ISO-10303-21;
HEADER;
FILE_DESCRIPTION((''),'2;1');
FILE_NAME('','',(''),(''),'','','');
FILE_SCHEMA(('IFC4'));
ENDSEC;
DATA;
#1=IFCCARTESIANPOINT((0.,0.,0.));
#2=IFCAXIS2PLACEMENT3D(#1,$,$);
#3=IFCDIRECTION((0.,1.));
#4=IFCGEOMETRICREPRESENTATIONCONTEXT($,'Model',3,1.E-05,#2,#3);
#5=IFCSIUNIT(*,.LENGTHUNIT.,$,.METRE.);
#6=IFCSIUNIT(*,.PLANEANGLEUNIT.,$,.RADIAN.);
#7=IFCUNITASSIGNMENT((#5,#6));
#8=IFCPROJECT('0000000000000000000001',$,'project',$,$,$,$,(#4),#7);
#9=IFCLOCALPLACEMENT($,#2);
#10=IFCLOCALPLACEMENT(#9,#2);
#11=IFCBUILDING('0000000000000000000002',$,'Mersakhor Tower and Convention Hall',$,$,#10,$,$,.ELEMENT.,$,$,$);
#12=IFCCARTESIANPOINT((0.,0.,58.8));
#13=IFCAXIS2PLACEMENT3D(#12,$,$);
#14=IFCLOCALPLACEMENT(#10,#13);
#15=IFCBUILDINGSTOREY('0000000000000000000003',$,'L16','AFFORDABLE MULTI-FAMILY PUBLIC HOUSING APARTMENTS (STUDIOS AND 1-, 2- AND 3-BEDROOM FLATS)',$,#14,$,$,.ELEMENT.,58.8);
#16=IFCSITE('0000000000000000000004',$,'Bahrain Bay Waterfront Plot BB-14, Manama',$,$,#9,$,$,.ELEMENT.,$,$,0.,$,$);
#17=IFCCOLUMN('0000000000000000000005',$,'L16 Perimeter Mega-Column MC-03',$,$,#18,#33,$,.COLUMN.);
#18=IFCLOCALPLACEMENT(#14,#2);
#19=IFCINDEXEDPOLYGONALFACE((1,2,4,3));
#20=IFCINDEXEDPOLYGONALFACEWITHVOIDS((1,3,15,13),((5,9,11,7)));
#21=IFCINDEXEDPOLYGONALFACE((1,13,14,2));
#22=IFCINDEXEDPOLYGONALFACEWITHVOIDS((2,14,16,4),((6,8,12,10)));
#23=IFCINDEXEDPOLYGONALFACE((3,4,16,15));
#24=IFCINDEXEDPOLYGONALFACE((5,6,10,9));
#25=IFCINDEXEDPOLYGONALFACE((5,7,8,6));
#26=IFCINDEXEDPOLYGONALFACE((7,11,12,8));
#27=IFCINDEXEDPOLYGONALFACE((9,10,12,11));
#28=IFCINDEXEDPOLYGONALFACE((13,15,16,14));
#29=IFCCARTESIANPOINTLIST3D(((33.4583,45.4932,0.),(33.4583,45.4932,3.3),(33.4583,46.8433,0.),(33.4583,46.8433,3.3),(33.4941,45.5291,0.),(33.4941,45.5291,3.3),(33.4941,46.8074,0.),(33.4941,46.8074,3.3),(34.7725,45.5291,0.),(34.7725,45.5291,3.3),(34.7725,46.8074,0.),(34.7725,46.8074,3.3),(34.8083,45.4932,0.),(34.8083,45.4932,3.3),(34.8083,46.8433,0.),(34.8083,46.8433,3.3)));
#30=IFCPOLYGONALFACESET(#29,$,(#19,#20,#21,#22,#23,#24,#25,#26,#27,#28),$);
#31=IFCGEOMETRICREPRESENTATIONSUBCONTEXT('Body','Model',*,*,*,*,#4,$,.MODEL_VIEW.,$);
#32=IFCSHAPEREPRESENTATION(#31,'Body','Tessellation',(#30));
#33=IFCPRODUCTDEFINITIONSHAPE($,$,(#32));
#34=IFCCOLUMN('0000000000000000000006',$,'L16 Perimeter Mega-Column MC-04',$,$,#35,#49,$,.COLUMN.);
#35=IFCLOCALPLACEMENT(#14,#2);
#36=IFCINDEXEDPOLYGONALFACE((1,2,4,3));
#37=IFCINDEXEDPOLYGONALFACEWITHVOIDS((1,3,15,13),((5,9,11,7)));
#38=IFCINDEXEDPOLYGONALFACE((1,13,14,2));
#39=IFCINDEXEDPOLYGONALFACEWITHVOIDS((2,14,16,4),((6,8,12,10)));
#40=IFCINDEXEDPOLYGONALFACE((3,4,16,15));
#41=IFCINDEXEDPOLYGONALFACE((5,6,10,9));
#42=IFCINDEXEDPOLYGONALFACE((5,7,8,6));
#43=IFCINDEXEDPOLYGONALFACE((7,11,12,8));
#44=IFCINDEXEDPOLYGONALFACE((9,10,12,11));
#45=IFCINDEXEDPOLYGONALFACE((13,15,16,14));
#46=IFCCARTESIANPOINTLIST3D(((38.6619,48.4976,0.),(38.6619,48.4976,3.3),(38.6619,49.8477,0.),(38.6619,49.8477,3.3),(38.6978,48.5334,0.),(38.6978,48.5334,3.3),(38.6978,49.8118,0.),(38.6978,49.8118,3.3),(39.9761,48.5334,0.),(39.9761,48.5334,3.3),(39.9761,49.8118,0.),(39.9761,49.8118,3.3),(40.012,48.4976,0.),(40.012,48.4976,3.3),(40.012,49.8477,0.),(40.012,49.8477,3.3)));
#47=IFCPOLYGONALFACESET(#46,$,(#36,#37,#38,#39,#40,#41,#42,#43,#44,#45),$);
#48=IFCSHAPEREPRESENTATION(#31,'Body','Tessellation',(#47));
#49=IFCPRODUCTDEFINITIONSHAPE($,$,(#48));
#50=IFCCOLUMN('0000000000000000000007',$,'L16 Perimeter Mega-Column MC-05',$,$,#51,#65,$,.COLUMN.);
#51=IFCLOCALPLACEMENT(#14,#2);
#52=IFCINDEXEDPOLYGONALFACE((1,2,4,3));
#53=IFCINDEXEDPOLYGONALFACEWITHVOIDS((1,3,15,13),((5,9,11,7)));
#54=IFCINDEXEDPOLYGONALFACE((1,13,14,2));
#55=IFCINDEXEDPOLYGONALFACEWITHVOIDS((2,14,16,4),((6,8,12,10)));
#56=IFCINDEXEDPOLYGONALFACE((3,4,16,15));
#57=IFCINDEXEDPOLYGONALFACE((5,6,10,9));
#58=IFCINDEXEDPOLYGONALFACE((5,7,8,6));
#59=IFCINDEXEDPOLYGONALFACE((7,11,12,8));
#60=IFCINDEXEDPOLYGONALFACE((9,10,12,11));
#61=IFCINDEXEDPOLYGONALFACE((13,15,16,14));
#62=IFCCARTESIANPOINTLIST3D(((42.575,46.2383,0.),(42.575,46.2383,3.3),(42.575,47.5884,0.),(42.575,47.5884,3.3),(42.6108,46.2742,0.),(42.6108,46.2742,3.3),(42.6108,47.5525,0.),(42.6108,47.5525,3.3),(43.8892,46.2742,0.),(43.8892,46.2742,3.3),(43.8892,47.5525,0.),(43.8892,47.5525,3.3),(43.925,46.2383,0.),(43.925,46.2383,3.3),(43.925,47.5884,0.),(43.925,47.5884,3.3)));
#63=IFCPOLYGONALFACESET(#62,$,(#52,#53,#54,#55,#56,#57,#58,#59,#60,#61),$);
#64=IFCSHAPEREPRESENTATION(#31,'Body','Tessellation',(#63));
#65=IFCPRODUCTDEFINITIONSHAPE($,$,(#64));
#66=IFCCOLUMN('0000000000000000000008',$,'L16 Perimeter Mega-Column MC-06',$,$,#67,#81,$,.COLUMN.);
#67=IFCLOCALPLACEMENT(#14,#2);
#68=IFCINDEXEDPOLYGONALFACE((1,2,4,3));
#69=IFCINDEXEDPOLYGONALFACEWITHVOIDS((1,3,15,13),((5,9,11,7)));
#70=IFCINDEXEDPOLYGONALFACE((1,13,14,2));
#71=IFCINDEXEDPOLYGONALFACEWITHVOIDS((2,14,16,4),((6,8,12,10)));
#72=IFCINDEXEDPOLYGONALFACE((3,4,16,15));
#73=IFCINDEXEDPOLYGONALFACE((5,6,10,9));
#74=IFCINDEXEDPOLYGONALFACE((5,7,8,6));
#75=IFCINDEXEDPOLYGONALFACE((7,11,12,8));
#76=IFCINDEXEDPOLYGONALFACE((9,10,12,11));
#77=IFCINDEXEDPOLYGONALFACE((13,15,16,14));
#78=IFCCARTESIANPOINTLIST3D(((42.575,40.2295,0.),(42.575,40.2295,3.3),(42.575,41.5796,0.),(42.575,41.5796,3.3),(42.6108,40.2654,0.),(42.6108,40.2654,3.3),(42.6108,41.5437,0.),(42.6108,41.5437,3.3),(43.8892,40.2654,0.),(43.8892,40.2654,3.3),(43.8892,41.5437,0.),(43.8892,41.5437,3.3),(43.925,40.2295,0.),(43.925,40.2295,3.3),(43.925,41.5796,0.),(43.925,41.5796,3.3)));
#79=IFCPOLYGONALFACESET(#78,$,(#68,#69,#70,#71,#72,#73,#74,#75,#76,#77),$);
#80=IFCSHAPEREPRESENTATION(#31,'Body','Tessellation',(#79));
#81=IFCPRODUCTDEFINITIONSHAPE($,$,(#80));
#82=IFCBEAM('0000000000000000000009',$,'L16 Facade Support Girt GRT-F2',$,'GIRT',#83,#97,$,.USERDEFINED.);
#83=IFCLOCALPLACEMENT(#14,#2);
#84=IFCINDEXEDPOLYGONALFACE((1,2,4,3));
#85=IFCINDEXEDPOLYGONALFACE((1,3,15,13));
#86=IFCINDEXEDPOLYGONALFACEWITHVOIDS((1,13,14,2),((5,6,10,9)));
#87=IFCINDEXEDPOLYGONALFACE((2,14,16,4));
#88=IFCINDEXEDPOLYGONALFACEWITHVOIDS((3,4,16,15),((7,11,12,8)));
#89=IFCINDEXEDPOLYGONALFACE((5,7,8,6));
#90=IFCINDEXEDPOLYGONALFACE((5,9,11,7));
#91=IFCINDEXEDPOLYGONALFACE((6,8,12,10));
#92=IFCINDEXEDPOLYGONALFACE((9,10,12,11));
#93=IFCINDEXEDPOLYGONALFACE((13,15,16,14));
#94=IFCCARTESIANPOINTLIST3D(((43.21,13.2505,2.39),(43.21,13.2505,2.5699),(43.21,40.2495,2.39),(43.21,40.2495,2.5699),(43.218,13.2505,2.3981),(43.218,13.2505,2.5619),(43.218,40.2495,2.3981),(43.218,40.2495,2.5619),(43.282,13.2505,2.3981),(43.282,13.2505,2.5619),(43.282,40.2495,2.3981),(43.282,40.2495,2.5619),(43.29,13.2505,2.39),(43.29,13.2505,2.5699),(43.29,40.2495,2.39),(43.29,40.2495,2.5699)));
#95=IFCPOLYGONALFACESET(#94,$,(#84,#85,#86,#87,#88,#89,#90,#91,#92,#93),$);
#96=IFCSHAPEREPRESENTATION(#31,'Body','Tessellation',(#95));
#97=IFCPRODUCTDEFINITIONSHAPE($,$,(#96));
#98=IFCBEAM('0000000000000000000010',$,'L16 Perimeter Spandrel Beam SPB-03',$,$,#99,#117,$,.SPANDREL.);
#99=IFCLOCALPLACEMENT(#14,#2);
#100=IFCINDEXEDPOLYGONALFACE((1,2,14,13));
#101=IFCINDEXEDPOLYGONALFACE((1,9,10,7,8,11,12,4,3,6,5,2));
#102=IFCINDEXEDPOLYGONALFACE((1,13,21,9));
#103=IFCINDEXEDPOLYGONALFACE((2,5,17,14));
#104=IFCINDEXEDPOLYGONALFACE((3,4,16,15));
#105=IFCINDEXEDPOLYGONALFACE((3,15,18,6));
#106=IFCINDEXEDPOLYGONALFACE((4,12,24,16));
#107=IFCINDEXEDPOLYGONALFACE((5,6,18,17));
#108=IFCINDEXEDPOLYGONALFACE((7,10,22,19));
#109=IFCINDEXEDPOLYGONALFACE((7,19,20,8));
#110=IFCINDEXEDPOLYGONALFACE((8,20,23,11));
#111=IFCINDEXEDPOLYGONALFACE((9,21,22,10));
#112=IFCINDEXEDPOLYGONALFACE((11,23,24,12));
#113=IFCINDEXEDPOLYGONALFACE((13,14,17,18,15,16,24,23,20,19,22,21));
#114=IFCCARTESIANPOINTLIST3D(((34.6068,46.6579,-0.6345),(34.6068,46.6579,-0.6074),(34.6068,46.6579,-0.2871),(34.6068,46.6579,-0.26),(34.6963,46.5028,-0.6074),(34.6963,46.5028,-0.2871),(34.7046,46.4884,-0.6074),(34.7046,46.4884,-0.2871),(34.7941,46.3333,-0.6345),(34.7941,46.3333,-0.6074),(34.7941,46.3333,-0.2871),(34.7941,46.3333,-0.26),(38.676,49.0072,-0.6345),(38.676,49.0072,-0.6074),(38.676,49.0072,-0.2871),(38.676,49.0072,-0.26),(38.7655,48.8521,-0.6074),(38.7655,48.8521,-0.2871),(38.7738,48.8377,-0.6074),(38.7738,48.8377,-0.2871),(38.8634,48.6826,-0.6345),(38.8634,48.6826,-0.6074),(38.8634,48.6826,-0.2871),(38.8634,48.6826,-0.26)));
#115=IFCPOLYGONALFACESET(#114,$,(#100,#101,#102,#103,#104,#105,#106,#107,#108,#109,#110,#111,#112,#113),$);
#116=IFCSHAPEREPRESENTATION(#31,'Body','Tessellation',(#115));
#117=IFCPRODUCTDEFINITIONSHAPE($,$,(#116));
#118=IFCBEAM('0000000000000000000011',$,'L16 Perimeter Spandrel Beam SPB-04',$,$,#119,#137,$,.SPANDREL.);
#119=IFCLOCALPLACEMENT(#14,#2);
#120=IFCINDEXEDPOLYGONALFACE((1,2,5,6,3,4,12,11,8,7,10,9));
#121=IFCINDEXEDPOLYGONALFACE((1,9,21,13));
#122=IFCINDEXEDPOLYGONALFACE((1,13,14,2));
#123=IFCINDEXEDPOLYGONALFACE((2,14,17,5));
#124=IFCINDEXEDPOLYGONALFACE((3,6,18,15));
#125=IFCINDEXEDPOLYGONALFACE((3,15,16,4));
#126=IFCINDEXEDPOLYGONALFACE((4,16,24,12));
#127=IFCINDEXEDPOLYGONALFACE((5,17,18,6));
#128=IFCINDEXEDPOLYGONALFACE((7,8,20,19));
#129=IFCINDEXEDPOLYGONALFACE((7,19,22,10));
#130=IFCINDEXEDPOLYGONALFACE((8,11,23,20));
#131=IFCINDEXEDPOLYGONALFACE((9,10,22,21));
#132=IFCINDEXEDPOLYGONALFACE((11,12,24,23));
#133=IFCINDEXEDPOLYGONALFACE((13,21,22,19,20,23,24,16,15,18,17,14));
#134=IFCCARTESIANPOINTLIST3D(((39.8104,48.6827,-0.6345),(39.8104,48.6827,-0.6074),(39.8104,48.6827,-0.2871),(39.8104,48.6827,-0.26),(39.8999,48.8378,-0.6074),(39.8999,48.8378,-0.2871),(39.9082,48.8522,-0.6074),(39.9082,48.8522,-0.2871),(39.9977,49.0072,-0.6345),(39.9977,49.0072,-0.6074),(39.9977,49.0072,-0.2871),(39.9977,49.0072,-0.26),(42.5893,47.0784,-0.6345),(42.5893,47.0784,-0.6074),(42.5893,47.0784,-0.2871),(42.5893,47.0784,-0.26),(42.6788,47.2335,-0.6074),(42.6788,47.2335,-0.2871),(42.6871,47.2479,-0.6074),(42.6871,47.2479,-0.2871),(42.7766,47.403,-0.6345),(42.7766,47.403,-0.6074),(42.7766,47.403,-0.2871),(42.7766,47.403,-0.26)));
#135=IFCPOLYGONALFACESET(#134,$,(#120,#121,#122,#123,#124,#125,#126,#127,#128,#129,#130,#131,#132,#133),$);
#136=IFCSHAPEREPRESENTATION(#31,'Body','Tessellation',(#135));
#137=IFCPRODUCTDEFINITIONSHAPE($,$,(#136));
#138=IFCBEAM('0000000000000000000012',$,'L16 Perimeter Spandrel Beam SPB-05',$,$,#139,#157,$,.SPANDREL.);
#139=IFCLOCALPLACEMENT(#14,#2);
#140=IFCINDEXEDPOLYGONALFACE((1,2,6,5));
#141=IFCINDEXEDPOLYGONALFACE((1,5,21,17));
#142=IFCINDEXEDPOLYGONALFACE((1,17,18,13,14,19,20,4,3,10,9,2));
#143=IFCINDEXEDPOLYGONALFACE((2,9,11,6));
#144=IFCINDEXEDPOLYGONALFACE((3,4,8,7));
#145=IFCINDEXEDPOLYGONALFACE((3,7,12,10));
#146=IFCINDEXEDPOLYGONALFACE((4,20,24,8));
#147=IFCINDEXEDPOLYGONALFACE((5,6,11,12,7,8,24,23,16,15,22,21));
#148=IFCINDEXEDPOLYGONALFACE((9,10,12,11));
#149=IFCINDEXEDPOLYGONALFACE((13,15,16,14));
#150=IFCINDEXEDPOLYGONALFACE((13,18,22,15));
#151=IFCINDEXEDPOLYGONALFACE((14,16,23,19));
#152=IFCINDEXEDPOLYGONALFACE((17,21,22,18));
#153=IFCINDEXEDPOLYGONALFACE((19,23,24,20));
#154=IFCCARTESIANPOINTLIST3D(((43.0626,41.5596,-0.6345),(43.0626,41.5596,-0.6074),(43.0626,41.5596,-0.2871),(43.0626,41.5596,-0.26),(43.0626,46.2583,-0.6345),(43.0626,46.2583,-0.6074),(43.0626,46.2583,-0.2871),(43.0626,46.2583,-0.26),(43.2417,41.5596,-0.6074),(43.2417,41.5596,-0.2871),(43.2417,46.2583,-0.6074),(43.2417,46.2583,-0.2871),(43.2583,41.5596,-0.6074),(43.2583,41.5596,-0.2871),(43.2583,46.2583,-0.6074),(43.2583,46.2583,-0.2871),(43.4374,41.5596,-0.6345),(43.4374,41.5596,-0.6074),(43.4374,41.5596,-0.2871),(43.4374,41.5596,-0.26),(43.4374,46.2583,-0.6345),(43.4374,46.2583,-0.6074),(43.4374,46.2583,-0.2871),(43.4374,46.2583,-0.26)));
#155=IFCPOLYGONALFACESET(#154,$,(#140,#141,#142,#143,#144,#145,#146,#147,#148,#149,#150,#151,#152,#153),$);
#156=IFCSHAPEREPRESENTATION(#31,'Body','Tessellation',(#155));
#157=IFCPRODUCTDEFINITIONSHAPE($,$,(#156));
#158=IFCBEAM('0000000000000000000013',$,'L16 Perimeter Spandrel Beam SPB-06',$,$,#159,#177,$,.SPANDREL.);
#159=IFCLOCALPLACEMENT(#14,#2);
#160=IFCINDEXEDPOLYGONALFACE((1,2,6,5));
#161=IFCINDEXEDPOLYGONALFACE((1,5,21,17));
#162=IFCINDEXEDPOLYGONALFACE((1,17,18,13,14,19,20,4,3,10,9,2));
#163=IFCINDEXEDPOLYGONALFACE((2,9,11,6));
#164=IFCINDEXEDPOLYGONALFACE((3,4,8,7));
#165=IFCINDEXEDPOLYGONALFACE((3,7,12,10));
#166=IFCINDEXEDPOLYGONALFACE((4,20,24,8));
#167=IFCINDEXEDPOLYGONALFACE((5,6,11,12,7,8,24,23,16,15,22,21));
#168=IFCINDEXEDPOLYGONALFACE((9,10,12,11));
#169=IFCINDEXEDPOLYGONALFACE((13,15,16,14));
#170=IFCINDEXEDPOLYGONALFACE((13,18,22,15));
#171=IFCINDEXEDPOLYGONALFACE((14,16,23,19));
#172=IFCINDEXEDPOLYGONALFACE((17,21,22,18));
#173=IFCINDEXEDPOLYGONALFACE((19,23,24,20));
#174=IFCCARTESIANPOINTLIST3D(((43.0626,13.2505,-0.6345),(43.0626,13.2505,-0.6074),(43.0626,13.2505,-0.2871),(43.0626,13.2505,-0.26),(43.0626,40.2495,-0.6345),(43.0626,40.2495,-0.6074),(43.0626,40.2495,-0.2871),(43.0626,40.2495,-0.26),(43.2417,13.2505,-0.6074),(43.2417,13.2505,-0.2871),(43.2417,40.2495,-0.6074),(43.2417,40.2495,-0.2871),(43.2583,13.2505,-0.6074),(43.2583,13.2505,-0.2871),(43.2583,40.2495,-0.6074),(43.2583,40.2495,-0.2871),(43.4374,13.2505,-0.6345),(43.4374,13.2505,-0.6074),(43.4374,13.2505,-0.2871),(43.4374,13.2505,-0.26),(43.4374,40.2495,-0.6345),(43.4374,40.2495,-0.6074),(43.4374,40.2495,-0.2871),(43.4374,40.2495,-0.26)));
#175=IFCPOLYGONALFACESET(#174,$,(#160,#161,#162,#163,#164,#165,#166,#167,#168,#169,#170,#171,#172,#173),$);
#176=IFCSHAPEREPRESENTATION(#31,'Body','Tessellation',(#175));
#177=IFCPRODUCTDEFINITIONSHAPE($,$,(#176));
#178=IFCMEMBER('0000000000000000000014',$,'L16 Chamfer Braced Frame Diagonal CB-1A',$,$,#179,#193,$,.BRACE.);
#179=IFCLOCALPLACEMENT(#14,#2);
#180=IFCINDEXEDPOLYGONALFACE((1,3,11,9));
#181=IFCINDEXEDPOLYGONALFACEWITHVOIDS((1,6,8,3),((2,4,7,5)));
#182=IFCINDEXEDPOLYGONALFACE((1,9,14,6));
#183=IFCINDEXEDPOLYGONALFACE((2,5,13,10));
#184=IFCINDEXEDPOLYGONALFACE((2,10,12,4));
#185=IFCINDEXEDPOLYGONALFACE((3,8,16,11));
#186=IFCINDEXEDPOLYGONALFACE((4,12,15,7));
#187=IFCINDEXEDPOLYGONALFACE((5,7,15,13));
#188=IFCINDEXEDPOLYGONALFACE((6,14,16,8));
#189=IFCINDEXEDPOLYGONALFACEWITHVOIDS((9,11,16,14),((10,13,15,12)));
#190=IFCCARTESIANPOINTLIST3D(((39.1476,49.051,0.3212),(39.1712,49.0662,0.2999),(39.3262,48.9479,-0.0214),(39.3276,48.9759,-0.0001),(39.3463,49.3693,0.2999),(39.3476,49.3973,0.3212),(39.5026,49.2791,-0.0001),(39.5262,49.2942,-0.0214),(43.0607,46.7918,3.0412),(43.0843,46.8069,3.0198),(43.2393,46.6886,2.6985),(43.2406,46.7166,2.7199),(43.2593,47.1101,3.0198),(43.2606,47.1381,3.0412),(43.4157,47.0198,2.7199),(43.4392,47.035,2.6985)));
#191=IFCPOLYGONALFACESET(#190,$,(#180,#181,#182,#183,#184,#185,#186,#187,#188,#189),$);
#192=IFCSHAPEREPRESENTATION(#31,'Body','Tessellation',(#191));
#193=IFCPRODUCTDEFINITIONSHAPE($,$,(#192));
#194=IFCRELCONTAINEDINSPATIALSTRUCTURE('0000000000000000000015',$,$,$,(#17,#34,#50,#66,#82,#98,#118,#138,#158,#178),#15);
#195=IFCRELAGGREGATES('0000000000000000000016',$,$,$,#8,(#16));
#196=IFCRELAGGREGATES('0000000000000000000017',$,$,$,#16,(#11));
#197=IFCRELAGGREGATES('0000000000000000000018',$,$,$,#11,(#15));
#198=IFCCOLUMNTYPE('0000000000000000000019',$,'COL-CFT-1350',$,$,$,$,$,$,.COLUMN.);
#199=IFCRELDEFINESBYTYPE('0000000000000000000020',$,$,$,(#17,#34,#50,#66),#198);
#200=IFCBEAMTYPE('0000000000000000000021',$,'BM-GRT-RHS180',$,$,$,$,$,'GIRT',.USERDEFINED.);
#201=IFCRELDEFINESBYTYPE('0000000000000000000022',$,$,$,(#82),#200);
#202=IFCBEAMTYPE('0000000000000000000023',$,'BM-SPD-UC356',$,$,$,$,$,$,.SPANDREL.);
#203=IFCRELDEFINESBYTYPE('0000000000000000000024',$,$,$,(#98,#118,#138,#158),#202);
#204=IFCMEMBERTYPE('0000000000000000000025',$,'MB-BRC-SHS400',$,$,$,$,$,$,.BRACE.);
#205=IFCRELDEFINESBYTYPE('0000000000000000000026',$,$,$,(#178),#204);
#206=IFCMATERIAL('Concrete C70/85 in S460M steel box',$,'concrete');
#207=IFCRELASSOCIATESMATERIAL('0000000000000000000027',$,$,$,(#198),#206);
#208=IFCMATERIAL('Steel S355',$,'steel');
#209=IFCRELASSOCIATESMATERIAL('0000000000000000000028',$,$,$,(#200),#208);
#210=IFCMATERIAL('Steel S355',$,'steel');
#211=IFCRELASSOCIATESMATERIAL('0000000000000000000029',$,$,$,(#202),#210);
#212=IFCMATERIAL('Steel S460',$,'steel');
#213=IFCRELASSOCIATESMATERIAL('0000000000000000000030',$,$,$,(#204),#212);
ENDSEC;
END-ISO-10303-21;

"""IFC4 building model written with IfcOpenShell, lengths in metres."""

from ifc_helpers import new_model, si_unit, direction, frame, origin, origin_2d, place, context, subcontext, project, spatial, hollow_rectangle, i_section, extrude, material, material_profile, profile_set, type_object, element, save


model = new_model("IFC4")

# Units and contexts
model_context = context("Model", 3, precision=1e-05, world=origin(), true_north=direction((0.0, 1.0)))
body_context = subcontext(model_context, "Body", "Model", "MODEL_VIEW")
ifc_project = project(units=[si_unit("LENGTHUNIT", "METRE"), si_unit("PLANEANGLEUNIT", "RADIAN")], contexts=[model_context])

# Site, building, storey
site_placement = place(None, origin())
site = spatial("IfcSite", under=ifc_project, at=site_placement, Name="Bahrain Bay Waterfront Plot BB-14, Manama", CompositionType="ELEMENT", RefElevation=0.0)
building_placement = place(site_placement, origin())
building = spatial("IfcBuilding", under=site, at=building_placement, Name="Mersakhor Tower and Convention Hall", CompositionType="ELEMENT")
storey_placement = place(building_placement, frame((0.0, 0.0, 58.8)))
storey = spatial("IfcBuildingStorey", under=building, at=storey_placement, Name="L16", Description="AFFORDABLE MULTI-FAMILY PUBLIC HOUSING APARTMENTS (STUDIOS AND 1-, 2- AND 3-BEDROOM FLATS)", CompositionType="ELEMENT", Elevation=58.8)

# Columns
ifc_material_1 = material(Name="Concrete C70/85 in S460M steel box", Category="concrete")
ifc_material_profile_1 = material_profile(ifc_material_1, hollow_rectangle(XDim=1.3501, YDim=1.3501, WallThickness=0.0359, at=origin_2d()), Name="SHS 1350x1350x36")
ifc_profile_set_1 = profile_set([ifc_material_profile_1], Name="Concrete C70/85 in S460M steel box")
column_type = type_object("IfcColumnType", Name="COL-CFT-1350", PredefinedType="COLUMN", material=ifc_profile_set_1)
for number, where, z_axis, x_axis, name in (
    (1, (34.1333, 46.1682, 0.0), (0.0, 0.0, 1.0), (1.0, 0.0, 0.0), "L16 Perimeter Mega-Column MC-03"),
    (2, (39.3369, 49.1726, 0.0), (0.0, 0.0, 1.0), (1.0, 0.0, 0.0), "L16 Perimeter Mega-Column MC-04"),
    (3, (43.25, 46.9133, 0.0), (0.0, 0.0, 1.0), (1.0, 0.0, 0.0), "L16 Perimeter Mega-Column MC-05"),
    (4, (43.25, 40.9045, 0.0), (0.0, 0.0, 1.0), (1.0, 0.0, 0.0), "L16 Perimeter Mega-Column MC-06"),
):
    element("IfcColumn", number, at=place(storey_placement, frame(where, z_axis=z_axis, x_axis=x_axis)), inside=storey, type_object=column_type, Name=name, PredefinedType="COLUMN", context=body_context, shape_type="SweptSolid", body=[
        extrude(hollow_rectangle(XDim=1.3501, YDim=1.3501, WallThickness=0.0359, at=origin_2d()), origin(), (0.0, 0.0, 1.0), 3.3),
    ])

# Beams
ifc_material_2 = material(Name="Steel S355", Category="steel")
ifc_material_profile_2 = material_profile(ifc_material_2, hollow_rectangle(XDim=0.0801, YDim=0.1799, WallThickness=0.0081, at=origin_2d()), Name="RHS 180x80x8")
ifc_profile_set_2 = profile_set([ifc_material_profile_2], Name="Steel S355")
beam_type_1 = type_object("IfcBeamType", Name="BM-GRT-RHS180", ElementType="GIRT", PredefinedType="USERDEFINED", material=ifc_profile_set_2)
beam_1_placement = place(storey_placement, frame((43.25, 40.2495, 2.48), z_axis=(0.0, -1.0, 0.0), x_axis=(1.0, 0.0, 0.0)))
element("IfcBeam", 5, at=beam_1_placement, inside=storey, type_object=beam_type_1, Name="L16 Facade Support Girt GRT-F2", ObjectType="GIRT", PredefinedType="USERDEFINED", context=body_context, shape_type="SweptSolid", body=[
    extrude(hollow_rectangle(XDim=0.0801, YDim=0.1799, WallThickness=0.0081, at=origin_2d()), origin(), (0.0, 0.0, 1.0), 26.999),
])
ifc_material_3 = material(Name="Steel S355", Category="steel")
ifc_material_profile_3 = material_profile(ifc_material_3, i_section(OverallWidth=0.3748, OverallDepth=0.3745, WebThickness=0.0166, FlangeThickness=0.0271, at=origin_2d()), Name="UC 356x368x202")
ifc_profile_set_3 = profile_set([ifc_material_profile_3], Name="Steel S355")
beam_type_2 = type_object("IfcBeamType", Name="BM-SPD-UC356", PredefinedType="SPANDREL", material=ifc_profile_set_3)
beam_2_placement = place(storey_placement, frame((34.7004, 46.4956, -0.4473), z_axis=(0.866032, 0.499989, 0.0), x_axis=(-0.499989, 0.866032, 0.0)))
element("IfcBeam", 6, at=beam_2_placement, inside=storey, type_object=beam_type_2, Name="L16 Perimeter Spandrel Beam SPB-03", PredefinedType="SPANDREL", context=body_context, shape_type="SweptSolid", body=[
    extrude(i_section(OverallWidth=0.3748, OverallDepth=0.3745, WebThickness=0.0166, FlangeThickness=0.0271, at=origin_2d()), origin(), (0.0, 0.0, 1.0), 4.6987),
])
beam_3_placement = place(storey_placement, frame((39.9041, 48.845, -0.4473), z_axis=(0.866039, -0.499977, 0.0), x_axis=(0.499977, 0.866039, 0.0)))
element("IfcBeam", 7, at=beam_3_placement, inside=storey, type_object=beam_type_2, Name="L16 Perimeter Spandrel Beam SPB-04", PredefinedType="SPANDREL", context=body_context, shape_type="SweptSolid", body=[
    extrude(i_section(OverallWidth=0.3748, OverallDepth=0.3745, WebThickness=0.0166, FlangeThickness=0.0271, at=origin_2d()), origin(), (0.0, 0.0, 1.0), 3.2087),
])
beam_4_placement = place(storey_placement, frame((43.25, 46.2583, -0.4473), z_axis=(0.0, -1.0, 0.0), x_axis=(1.0, 0.0, 0.0)))
element("IfcBeam", 8, at=beam_4_placement, inside=storey, type_object=beam_type_2, Name="L16 Perimeter Spandrel Beam SPB-05", PredefinedType="SPANDREL", context=body_context, shape_type="SweptSolid", body=[
    extrude(i_section(OverallWidth=0.3748, OverallDepth=0.3745, WebThickness=0.0166, FlangeThickness=0.0271, at=origin_2d()), origin(), (0.0, 0.0, 1.0), 4.6987),
])
beam_5_placement = place(storey_placement, frame((43.25, 40.2495, -0.4473), z_axis=(0.0, -1.0, 0.0), x_axis=(1.0, 0.0, 0.0)))
element("IfcBeam", 9, at=beam_5_placement, inside=storey, type_object=beam_type_2, Name="L16 Perimeter Spandrel Beam SPB-06", PredefinedType="SPANDREL", context=body_context, shape_type="SweptSolid", body=[
    extrude(i_section(OverallWidth=0.3748, OverallDepth=0.3745, WebThickness=0.0166, FlangeThickness=0.0271, at=origin_2d()), origin(), (0.0, 0.0, 1.0), 26.999),
])

# Member
ifc_material_4 = material(Name="Steel S460", Category="steel")
ifc_material_profile_4 = material_profile(ifc_material_4, hollow_rectangle(XDim=0.3999, YDim=0.3999, WallThickness=0.0249, at=origin_2d()), Name="SHS 400x400x25")
ifc_profile_set_4 = profile_set([ifc_material_profile_4], Name="Steel S460")
member_type = type_object("IfcMemberType", Name="MB-BRC-SHS400", PredefinedType="BRACE", material=ifc_profile_set_4)
member_placement = place(storey_placement, frame((39.3369, 49.1726, 0.1499), z_axis=(0.741961, -0.428382, 0.515734), x_axis=(0.500009, 0.86602, 0.0)))
element("IfcMember", 10, at=member_placement, inside=storey, type_object=member_type, Name="L16 Chamfer Braced Frame Diagonal CB-1A", PredefinedType="BRACE", context=body_context, shape_type="SweptSolid", body=[
    extrude(hollow_rectangle(XDim=0.3999, YDim=0.3999, WallThickness=0.0249, at=origin_2d()), origin(), (0.0, 0.0, 1.0), 5.2739),
])

save(model, "model.ifc")
